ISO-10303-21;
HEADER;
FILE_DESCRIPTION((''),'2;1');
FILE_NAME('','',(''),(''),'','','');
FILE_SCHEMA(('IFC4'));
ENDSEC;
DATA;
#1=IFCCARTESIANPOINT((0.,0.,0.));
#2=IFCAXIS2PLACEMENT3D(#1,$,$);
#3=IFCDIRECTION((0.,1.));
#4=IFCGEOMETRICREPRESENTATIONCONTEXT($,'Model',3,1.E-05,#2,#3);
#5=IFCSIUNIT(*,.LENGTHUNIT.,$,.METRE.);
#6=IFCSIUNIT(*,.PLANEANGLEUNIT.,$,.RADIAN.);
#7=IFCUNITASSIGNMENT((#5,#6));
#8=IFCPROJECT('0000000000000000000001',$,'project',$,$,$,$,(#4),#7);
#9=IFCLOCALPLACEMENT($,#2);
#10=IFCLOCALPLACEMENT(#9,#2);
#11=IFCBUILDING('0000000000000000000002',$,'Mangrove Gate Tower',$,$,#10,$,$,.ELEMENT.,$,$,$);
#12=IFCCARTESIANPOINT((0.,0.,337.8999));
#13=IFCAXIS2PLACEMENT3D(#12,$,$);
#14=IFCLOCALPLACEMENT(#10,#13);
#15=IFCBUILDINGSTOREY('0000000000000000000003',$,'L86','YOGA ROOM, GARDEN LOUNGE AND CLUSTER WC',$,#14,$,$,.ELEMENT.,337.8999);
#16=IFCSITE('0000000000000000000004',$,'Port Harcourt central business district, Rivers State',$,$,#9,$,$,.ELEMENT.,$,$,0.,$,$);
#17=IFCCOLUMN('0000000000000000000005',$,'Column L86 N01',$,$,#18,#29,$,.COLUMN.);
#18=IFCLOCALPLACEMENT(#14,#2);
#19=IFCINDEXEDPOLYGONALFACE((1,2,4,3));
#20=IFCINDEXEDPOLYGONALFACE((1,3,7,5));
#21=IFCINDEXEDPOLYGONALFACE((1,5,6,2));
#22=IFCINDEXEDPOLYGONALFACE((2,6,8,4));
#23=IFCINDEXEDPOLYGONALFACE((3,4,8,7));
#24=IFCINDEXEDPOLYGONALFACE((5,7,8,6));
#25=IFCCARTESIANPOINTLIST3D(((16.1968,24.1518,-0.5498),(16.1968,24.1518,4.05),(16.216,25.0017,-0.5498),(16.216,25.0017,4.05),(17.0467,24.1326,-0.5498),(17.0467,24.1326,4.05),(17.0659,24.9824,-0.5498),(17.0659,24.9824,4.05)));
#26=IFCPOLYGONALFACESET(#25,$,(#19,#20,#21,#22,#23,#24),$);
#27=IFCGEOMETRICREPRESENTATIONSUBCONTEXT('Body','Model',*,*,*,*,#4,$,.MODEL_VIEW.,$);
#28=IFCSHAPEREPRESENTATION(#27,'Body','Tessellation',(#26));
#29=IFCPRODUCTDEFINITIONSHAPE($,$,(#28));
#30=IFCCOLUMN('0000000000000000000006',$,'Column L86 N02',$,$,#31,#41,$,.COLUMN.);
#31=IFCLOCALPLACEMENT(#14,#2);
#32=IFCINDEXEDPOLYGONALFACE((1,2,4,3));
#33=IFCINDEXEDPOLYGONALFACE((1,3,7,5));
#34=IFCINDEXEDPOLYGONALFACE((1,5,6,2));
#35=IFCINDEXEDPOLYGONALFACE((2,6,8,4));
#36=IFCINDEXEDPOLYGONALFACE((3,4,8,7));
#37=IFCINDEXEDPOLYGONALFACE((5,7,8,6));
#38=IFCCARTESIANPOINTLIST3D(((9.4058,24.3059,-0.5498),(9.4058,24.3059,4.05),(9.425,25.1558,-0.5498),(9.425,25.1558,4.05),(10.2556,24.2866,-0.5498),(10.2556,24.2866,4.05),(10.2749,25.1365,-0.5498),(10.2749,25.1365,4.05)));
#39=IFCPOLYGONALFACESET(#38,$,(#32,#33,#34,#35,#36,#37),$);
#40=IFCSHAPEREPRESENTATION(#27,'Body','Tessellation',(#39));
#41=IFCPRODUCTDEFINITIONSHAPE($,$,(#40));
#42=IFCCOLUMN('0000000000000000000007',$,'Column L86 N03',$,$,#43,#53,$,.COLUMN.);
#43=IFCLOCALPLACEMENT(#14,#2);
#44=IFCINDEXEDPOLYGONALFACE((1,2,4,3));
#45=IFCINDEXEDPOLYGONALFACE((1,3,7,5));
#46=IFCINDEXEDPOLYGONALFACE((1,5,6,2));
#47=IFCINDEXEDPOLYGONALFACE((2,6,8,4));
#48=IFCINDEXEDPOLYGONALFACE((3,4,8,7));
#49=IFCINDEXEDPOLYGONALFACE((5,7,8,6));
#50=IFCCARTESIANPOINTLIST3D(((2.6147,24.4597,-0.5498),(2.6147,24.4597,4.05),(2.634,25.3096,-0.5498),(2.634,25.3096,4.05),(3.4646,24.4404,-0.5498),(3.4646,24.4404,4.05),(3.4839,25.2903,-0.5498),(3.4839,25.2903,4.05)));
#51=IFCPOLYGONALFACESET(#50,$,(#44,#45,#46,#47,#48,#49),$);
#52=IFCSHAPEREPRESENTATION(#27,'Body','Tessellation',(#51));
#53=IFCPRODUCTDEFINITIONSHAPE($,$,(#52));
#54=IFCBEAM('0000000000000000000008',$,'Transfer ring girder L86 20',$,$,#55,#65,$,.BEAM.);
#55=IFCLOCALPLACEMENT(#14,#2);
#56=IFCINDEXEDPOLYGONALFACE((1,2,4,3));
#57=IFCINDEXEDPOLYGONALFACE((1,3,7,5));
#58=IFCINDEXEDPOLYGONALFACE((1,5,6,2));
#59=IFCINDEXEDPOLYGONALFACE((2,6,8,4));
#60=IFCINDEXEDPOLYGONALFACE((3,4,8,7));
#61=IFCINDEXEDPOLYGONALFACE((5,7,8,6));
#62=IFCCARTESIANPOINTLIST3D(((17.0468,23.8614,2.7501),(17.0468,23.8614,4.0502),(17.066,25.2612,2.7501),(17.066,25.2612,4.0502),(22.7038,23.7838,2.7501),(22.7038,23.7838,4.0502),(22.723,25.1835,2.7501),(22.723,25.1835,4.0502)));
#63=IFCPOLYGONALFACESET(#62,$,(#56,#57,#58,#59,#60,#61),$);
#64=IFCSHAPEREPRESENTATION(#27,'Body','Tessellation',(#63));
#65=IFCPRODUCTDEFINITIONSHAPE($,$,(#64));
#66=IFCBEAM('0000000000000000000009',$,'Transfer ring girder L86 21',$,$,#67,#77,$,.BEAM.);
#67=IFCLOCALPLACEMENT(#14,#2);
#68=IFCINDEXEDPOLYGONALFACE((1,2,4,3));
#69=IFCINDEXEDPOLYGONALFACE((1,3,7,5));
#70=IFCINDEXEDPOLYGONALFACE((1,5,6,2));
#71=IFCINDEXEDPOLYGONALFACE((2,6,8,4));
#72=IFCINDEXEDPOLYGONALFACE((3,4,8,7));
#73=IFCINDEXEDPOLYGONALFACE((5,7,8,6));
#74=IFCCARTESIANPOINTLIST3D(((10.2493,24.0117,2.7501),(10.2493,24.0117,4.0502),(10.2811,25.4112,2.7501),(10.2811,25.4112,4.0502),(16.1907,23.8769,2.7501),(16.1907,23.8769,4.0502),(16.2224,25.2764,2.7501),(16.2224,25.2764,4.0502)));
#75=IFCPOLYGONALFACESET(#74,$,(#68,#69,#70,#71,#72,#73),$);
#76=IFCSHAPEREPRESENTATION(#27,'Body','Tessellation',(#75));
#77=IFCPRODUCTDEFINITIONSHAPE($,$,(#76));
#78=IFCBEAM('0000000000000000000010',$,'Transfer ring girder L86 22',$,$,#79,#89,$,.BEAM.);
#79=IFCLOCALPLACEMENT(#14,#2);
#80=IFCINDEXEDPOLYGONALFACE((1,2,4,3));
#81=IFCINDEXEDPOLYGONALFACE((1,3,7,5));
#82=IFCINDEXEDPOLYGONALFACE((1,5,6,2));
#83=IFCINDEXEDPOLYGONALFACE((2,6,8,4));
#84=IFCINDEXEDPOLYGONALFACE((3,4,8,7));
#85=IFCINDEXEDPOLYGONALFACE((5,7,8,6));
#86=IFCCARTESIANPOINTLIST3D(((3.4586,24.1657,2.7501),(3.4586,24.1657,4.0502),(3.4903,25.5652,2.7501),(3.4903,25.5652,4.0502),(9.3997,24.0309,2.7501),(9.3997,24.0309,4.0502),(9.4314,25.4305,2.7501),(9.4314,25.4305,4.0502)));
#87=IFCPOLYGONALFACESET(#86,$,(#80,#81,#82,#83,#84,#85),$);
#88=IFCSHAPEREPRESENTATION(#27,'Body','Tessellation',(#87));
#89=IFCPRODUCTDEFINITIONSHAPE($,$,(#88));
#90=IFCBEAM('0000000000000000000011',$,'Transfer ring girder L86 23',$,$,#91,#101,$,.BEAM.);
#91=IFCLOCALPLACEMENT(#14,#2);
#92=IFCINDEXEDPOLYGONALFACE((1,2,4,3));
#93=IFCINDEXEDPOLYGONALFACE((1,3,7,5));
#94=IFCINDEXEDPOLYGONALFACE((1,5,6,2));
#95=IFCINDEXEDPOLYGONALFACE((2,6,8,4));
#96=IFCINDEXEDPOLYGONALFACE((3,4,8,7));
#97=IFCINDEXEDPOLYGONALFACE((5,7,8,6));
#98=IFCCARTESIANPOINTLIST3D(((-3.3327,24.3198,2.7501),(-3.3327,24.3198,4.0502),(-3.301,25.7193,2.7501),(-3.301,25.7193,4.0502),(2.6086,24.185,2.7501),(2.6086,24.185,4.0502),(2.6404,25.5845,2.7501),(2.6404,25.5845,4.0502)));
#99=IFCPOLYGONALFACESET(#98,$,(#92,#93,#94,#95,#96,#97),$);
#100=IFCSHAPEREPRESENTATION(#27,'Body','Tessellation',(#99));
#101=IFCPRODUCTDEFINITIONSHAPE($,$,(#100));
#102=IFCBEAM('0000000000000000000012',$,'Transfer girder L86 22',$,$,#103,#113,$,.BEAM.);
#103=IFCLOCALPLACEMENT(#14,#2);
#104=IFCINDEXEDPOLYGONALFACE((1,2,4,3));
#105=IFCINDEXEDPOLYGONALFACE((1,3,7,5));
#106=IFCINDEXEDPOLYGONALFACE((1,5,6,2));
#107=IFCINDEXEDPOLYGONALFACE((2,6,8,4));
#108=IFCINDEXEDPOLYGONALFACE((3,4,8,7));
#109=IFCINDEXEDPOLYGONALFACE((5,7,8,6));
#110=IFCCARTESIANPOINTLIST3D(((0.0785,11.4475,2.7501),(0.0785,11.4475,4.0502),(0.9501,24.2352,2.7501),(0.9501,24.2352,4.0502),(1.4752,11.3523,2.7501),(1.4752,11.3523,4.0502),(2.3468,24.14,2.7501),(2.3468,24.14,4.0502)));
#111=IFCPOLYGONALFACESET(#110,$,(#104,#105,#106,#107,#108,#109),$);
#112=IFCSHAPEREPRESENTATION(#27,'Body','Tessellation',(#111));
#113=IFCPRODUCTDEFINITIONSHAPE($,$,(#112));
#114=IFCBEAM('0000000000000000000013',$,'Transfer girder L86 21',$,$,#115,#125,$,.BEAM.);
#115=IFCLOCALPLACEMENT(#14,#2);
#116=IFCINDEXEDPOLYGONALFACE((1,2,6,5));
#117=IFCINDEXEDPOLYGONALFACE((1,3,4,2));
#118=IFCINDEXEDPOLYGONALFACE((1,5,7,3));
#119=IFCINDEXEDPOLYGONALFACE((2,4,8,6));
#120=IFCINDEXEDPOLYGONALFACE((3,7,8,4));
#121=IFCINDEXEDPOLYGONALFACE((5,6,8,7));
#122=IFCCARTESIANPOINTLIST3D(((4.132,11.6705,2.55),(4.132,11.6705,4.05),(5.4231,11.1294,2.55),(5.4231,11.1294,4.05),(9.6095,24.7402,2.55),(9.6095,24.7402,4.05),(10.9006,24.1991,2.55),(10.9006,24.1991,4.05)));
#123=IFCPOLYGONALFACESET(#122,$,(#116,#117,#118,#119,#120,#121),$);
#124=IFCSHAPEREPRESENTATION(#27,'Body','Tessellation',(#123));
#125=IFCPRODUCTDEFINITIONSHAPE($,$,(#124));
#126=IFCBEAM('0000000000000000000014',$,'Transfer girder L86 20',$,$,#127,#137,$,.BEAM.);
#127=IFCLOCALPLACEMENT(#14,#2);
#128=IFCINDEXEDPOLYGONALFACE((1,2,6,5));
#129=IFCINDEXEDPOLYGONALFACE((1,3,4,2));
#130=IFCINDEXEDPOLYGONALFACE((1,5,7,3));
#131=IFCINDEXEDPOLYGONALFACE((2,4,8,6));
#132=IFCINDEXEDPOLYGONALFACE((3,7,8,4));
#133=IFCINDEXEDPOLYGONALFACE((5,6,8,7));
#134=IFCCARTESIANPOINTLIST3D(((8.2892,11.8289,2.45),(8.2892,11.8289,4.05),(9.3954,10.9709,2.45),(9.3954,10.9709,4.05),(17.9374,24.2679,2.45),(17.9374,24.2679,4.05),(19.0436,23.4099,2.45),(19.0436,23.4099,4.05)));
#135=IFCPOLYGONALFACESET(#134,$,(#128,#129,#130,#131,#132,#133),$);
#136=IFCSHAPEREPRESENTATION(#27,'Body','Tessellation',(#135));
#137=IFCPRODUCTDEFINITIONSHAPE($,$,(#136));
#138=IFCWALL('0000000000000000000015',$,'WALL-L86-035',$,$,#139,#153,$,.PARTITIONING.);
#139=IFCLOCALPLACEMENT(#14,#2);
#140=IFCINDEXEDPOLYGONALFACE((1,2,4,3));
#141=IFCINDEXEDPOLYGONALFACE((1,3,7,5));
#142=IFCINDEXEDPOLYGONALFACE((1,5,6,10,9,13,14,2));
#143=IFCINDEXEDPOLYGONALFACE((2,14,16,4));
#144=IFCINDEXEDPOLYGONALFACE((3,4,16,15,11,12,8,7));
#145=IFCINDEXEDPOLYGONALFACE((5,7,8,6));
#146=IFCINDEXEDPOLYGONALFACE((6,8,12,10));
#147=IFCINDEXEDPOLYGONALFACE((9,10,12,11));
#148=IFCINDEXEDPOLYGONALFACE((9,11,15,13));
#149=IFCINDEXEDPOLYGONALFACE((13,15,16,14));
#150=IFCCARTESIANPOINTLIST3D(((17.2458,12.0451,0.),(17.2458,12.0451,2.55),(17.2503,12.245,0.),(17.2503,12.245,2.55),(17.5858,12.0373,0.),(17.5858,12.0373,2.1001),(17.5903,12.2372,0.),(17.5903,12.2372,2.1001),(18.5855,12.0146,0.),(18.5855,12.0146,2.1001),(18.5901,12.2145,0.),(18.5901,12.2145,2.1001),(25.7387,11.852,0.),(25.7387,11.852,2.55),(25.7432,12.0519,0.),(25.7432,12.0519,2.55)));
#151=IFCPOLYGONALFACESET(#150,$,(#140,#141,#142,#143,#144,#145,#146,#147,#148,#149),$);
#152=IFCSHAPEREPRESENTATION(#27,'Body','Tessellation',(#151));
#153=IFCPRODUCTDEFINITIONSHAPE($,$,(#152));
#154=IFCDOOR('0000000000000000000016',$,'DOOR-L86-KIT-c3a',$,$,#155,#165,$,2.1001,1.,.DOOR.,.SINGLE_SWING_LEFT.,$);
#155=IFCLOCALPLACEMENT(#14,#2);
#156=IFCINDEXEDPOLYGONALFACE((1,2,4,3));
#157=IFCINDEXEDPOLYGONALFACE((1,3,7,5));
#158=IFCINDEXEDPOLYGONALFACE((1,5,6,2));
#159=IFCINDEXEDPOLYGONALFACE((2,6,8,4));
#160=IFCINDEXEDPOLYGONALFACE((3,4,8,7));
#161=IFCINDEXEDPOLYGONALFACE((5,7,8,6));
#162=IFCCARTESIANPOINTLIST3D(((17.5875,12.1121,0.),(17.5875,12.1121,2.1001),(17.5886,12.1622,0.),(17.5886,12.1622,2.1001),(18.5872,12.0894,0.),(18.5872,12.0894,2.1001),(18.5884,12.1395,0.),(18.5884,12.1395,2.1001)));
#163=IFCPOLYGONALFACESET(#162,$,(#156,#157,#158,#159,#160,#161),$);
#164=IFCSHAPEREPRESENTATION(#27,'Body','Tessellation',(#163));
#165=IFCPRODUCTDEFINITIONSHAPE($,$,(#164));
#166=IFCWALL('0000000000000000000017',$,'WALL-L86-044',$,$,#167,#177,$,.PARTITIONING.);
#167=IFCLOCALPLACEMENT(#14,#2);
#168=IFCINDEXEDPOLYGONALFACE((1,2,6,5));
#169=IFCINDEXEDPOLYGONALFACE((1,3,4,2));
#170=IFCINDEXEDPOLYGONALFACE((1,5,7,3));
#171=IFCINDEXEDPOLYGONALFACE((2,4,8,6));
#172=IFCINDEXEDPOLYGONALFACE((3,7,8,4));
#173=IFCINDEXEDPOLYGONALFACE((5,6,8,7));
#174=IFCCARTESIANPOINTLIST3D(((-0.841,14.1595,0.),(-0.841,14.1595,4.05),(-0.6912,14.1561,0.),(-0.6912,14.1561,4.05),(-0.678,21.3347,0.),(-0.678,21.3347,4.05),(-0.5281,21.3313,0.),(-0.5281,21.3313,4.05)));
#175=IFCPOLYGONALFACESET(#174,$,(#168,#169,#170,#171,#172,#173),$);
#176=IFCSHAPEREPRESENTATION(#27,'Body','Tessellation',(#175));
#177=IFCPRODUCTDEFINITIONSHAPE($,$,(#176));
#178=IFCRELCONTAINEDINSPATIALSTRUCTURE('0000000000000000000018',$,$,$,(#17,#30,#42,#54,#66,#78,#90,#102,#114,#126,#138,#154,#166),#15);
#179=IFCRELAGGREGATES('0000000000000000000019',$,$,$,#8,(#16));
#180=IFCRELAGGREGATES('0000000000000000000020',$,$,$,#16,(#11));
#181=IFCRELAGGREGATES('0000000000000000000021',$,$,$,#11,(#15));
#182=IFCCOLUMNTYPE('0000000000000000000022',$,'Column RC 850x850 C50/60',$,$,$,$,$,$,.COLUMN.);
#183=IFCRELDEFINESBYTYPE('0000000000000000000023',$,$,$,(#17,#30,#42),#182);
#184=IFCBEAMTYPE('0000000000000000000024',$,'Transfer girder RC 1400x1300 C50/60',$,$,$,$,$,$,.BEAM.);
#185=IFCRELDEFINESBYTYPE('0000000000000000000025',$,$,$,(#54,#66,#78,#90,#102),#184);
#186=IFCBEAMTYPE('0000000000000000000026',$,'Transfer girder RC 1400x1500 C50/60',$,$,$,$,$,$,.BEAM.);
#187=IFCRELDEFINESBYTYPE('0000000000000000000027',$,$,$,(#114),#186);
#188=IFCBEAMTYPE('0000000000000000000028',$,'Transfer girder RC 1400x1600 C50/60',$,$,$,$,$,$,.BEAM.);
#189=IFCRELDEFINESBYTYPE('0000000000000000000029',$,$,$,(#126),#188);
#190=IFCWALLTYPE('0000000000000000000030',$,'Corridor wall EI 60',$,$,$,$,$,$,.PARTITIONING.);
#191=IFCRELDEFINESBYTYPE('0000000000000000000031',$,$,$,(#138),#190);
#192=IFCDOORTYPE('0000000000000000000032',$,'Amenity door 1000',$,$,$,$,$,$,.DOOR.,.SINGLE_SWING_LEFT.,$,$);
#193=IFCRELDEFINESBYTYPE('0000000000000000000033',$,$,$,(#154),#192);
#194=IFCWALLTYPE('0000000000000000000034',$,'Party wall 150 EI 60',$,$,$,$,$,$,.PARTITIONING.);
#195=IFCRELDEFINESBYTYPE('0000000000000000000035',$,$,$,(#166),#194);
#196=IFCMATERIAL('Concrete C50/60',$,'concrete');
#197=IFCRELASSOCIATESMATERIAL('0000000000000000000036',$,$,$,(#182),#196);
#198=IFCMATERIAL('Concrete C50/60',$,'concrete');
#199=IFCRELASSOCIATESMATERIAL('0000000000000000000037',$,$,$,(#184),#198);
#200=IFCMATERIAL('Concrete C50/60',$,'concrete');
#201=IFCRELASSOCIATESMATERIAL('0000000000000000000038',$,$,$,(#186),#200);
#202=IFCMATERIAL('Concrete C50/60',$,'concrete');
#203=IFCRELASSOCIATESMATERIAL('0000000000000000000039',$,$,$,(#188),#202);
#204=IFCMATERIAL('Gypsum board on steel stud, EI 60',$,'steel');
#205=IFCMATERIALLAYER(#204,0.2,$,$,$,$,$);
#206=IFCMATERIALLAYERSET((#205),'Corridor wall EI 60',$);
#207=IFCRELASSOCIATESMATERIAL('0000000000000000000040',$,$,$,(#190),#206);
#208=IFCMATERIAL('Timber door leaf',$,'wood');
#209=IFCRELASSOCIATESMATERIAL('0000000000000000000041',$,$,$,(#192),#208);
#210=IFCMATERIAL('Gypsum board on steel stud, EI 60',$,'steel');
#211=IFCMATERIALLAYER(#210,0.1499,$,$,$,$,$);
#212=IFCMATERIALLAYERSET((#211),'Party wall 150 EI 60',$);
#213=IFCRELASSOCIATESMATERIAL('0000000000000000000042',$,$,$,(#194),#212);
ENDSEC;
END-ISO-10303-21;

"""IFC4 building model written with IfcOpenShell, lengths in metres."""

from ifc_helpers import new_model, si_unit, direction, frame, frame_2d, origin, origin_2d, place, context, subcontext, project, spatial, rectangle, extrude, material, layer, layer_set, material_profile, profile_set, type_object, element, fill, save


model = new_model("IFC4")

# Units and contexts
model_context = context("Model", 3, precision=1e-05, world=origin(), true_north=direction((0.0, 1.0)))
body_context = subcontext(model_context, "Body", "Model", "MODEL_VIEW")
ifc_project = project(units=[si_unit("LENGTHUNIT", "METRE"), si_unit("PLANEANGLEUNIT", "RADIAN")], contexts=[model_context])

# Site, building, storey
site_placement = place(None, origin())
site = spatial("IfcSite", under=ifc_project, at=site_placement, Name="Port Harcourt central business district, Rivers State", CompositionType="ELEMENT", RefElevation=0.0)
building_placement = place(site_placement, origin())
building = spatial("IfcBuilding", under=site, at=building_placement, Name="Mangrove Gate Tower", CompositionType="ELEMENT")
storey_placement = place(building_placement, frame((0.0, 0.0, 337.8999)))
storey = spatial("IfcBuildingStorey", under=building, at=storey_placement, Name="L86", Description="YOGA ROOM, GARDEN LOUNGE AND CLUSTER WC", CompositionType="ELEMENT", Elevation=337.8999)

# Columns
ifc_material_1 = material(Name="Concrete C50/60", Category="concrete")
ifc_material_profile_1 = material_profile(ifc_material_1, rectangle(XDim=0.8501, YDim=0.8501, at=origin_2d()))
ifc_profile_set_1 = profile_set([ifc_material_profile_1], Name="Concrete C50/60")
column_type = type_object("IfcColumnType", Name="Column RC 850x850 C50/60", PredefinedType="COLUMN", material=ifc_profile_set_1)
for number, where, z_axis, x_axis, name in (
    (1, (16.6313, 24.5671, -0.5498), (0.0, 0.0, 1.0), (-0.999743, 0.02267, 0.0), "Column L86 N01"),
    (2, (9.8403, 24.7212, -0.5498), (0.0, 0.0, 1.0), (-0.999743, 0.022671, 0.0), "Column L86 N02"),
    (3, (3.0493, 24.875, -0.5498), (0.0, 0.0, 1.0), (-0.999743, 0.022671, 0.0), "Column L86 N03"),
):
    element("IfcColumn", number, at=place(storey_placement, frame(where, z_axis=z_axis, x_axis=x_axis)), inside=storey, type_object=column_type, Name=name, PredefinedType="COLUMN", context=body_context, shape_type="SweptSolid", body=[
        extrude(rectangle(XDim=0.8501, YDim=0.8501, at=origin_2d()), origin(), (0.0, 0.0, 1.0), 4.5999),
    ])

# Beams
ifc_material_2 = material(Name="Concrete C50/60", Category="concrete")
ifc_material_profile_2 = material_profile(ifc_material_2, rectangle(XDim=1.3999, YDim=1.3, at=origin_2d()))
ifc_profile_set_2 = profile_set([ifc_material_profile_2], Name="Concrete C50/60")
beam_type_1 = type_object("IfcBeamType", Name="Transfer girder RC 1400x1300 C50/60", PredefinedType="BEAM", material=ifc_profile_set_2)
beam_1_placement = place(storey_placement, frame((22.7134, 24.4836, 3.4001), z_axis=(-0.999906, 0.013723, 0.0), x_axis=(-0.013723, -0.999906, 0.0)))
element("IfcBeam", 4, at=beam_1_placement, inside=storey, type_object=beam_type_1, Name="Transfer ring girder L86 20", PredefinedType="BEAM", context=body_context, shape_type="SweptSolid", body=[
    extrude(rectangle(XDim=1.3999, YDim=1.3, at=origin_2d()), origin(), (0.0, 0.0, 1.0), 5.6575),
])
beam_2_placement = place(storey_placement, frame((16.2065, 24.5767, 3.4001), z_axis=(-0.999743, 0.022677, 0.0), x_axis=(-0.022677, -0.999743, 0.0)))
element("IfcBeam", 5, at=beam_2_placement, inside=storey, type_object=beam_type_1, Name="Transfer ring girder L86 21", PredefinedType="BEAM", context=body_context, shape_type="SweptSolid", body=[
    extrude(rectangle(XDim=1.3999, YDim=1.3, at=origin_2d()), origin(), (0.0, 0.0, 1.0), 5.9429),
])
beam_3_placement = place(storey_placement, frame((9.4155, 24.7307, 3.4001), z_axis=(-0.999743, 0.022678, 0.0), x_axis=(-0.022678, -0.999743, 0.0)))
element("IfcBeam", 6, at=beam_3_placement, inside=storey, type_object=beam_type_1, Name="Transfer ring girder L86 22", PredefinedType="BEAM", context=body_context, shape_type="SweptSolid", body=[
    extrude(rectangle(XDim=1.3999, YDim=1.3, at=origin_2d()), origin(), (0.0, 0.0, 1.0), 5.9426),
])
beam_4_placement = place(storey_placement, frame((2.6245, 24.8848, 3.4001), z_axis=(-0.999743, 0.022677, 0.0), x_axis=(-0.022677, -0.999743, 0.0)))
element("IfcBeam", 7, at=beam_4_placement, inside=storey, type_object=beam_type_1, Name="Transfer ring girder L86 23", PredefinedType="BEAM", context=body_context, shape_type="SweptSolid", body=[
    extrude(rectangle(XDim=1.3999, YDim=1.3, at=origin_2d()), origin(), (0.0, 0.0, 1.0), 5.9429),
])
beam_5_placement = place(storey_placement, frame((0.7769, 11.3999, 3.4001), z_axis=(0.068001, 0.997685, 0.0), x_axis=(-0.997685, 0.068001, 0.0)))
element("IfcBeam", 8, at=beam_5_placement, inside=storey, type_object=beam_type_1, Name="Transfer girder L86 22", PredefinedType="BEAM", context=body_context, shape_type="SweptSolid", body=[
    extrude(rectangle(XDim=1.3999, YDim=1.3, at=origin_2d()), origin(), (0.0, 0.0, 1.0), 12.8174),
])
ifc_material_3 = material(Name="Concrete C50/60", Category="concrete")
ifc_material_profile_3 = material_profile(ifc_material_3, rectangle(XDim=1.3999, YDim=1.5, at=origin_2d()))
ifc_profile_set_3 = profile_set([ifc_material_profile_3], Name="Concrete C50/60")
beam_type_2 = type_object("IfcBeamType", Name="Transfer girder RC 1400x1500 C50/60", PredefinedType="BEAM", material=ifc_profile_set_3)
beam_6_placement = place(storey_placement, frame((4.7776, 11.3999, 3.3), z_axis=(0.386525, 0.922279, 0.0), x_axis=(-0.922279, 0.386525, 0.0)))
element("IfcBeam", 9, at=beam_6_placement, inside=storey, type_object=beam_type_2, Name="Transfer girder L86 21", PredefinedType="BEAM", context=body_context, shape_type="SweptSolid", body=[
    extrude(rectangle(XDim=1.3999, YDim=1.5, at=origin_2d()), origin(), (0.0, 0.0, 1.0), 14.1711),
])
ifc_material_4 = material(Name="Concrete C50/60", Category="concrete")
ifc_material_profile_4 = material_profile(ifc_material_4, rectangle(XDim=1.3999, YDim=1.6001, at=origin_2d()))
ifc_profile_set_4 = profile_set([ifc_material_profile_4], Name="Concrete C50/60")
beam_type_3 = type_object("IfcBeamType", Name="Transfer girder RC 1400x1600 C50/60", PredefinedType="BEAM", material=ifc_profile_set_4)
beam_7_placement = place(storey_placement, frame((8.8423, 11.3999, 3.25), z_axis=(0.612889, 0.790169, 0.0), x_axis=(-0.790169, 0.612889, 0.0)))
element("IfcBeam", 10, at=beam_7_placement, inside=storey, type_object=beam_type_3, Name="Transfer girder L86 20", PredefinedType="BEAM", context=body_context, shape_type="SweptSolid", body=[
    extrude(rectangle(XDim=1.3999, YDim=1.6001, at=origin_2d()), origin(), (0.0, 0.0, 1.0), 15.7422),
])

# Wall, opening, door
ifc_material_5 = material(Name="Gypsum board on steel stud, EI 60", Category="steel")
ifc_layer_1 = layer(ifc_material_5, 0.2)
ifc_layer_set_1 = layer_set([ifc_layer_1], Name="Corridor wall EI 60")
wall_type_1 = type_object("IfcWallType", Name="Corridor wall EI 60", PredefinedType="PARTITIONING", material=ifc_layer_set_1)
wall_1_placement = place(storey_placement, frame((17.248, 12.145, 0.0), z_axis=(0.0, 0.0, 1.0), x_axis=(0.999742, -0.022733, 0.0)))
wall_1 = element("IfcWall", 11, at=wall_1_placement, inside=storey, type_object=wall_type_1, Name="WALL-L86-035", PredefinedType="PARTITIONING", context=body_context, shape_type="SweptSolid", body=[
    extrude(rectangle(XDim=8.4951, YDim=0.2, at=frame_2d((4.2476, 0.0))), origin(), (0.0, 0.0, 1.0), 2.55),
])
opening_placement = place(wall_1_placement, frame((0.3401, 0.0, 0.0)))
opening = element("IfcOpeningElement", 12, at=opening_placement, cuts=wall_1, PredefinedType="OPENING", context=body_context, shape_type="SweptSolid", body=[
    extrude(rectangle(XDim=1.0, YDim=2.1001, at=frame_2d((0.5, 1.05))), frame((0.0, 0.1099, 0.0), z_axis=(0.0, -1.0, 0.0), x_axis=(1.0, 0.0, 0.0)), (0.0, 0.0, 1.0), 0.22),
])
ifc_material_6 = material(Name="Timber door leaf", Category="wood")
door_type = type_object("IfcDoorType", Name="Amenity door 1000", OperationType="SINGLE_SWING_LEFT", PredefinedType="DOOR", material=ifc_material_6)
door_placement = place(opening_placement, origin())
door = element("IfcDoor", 13, at=door_placement, inside=storey, type_object=door_type, Name="DOOR-L86-KIT-c3a", OperationType="SINGLE_SWING_LEFT", OverallHeight=2.1001, OverallWidth=1.0, PredefinedType="DOOR", context=body_context, shape_type="SweptSolid", body=[
    extrude(rectangle(XDim=1.0, YDim=2.1001, at=frame_2d((0.5, 1.05))), frame((0.0, 0.0249, 0.0), z_axis=(0.0, -1.0, 0.0), x_axis=(1.0, 0.0, 0.0)), (0.0, 0.0, 1.0), 0.05),
])
fill(opening, door)

# Wall
ifc_material_7 = material(Name="Gypsum board on steel stud, EI 60", Category="steel")
ifc_layer_2 = layer(ifc_material_7, 0.1499)
ifc_layer_set_2 = layer_set([ifc_layer_2], Name="Party wall 150 EI 60")
wall_type_2 = type_object("IfcWallType", Name="Party wall 150 EI 60", PredefinedType="PARTITIONING", material=ifc_layer_set_2)
wall_2_placement = place(storey_placement, frame((-0.7661, 14.158, 0.0), z_axis=(0.0, 0.0, 1.0), x_axis=(0.022724, 0.999742, 0.0)))
element("IfcWall", 14, at=wall_2_placement, inside=storey, type_object=wall_type_2, Name="WALL-L86-044", PredefinedType="PARTITIONING", context=body_context, shape_type="SweptSolid", body=[
    extrude(rectangle(XDim=7.177, YDim=0.1499, at=frame_2d((3.5884, 0.0))), origin(), (0.0, 0.0, 1.0), 4.05),
])

save(model, "model.ifc")
